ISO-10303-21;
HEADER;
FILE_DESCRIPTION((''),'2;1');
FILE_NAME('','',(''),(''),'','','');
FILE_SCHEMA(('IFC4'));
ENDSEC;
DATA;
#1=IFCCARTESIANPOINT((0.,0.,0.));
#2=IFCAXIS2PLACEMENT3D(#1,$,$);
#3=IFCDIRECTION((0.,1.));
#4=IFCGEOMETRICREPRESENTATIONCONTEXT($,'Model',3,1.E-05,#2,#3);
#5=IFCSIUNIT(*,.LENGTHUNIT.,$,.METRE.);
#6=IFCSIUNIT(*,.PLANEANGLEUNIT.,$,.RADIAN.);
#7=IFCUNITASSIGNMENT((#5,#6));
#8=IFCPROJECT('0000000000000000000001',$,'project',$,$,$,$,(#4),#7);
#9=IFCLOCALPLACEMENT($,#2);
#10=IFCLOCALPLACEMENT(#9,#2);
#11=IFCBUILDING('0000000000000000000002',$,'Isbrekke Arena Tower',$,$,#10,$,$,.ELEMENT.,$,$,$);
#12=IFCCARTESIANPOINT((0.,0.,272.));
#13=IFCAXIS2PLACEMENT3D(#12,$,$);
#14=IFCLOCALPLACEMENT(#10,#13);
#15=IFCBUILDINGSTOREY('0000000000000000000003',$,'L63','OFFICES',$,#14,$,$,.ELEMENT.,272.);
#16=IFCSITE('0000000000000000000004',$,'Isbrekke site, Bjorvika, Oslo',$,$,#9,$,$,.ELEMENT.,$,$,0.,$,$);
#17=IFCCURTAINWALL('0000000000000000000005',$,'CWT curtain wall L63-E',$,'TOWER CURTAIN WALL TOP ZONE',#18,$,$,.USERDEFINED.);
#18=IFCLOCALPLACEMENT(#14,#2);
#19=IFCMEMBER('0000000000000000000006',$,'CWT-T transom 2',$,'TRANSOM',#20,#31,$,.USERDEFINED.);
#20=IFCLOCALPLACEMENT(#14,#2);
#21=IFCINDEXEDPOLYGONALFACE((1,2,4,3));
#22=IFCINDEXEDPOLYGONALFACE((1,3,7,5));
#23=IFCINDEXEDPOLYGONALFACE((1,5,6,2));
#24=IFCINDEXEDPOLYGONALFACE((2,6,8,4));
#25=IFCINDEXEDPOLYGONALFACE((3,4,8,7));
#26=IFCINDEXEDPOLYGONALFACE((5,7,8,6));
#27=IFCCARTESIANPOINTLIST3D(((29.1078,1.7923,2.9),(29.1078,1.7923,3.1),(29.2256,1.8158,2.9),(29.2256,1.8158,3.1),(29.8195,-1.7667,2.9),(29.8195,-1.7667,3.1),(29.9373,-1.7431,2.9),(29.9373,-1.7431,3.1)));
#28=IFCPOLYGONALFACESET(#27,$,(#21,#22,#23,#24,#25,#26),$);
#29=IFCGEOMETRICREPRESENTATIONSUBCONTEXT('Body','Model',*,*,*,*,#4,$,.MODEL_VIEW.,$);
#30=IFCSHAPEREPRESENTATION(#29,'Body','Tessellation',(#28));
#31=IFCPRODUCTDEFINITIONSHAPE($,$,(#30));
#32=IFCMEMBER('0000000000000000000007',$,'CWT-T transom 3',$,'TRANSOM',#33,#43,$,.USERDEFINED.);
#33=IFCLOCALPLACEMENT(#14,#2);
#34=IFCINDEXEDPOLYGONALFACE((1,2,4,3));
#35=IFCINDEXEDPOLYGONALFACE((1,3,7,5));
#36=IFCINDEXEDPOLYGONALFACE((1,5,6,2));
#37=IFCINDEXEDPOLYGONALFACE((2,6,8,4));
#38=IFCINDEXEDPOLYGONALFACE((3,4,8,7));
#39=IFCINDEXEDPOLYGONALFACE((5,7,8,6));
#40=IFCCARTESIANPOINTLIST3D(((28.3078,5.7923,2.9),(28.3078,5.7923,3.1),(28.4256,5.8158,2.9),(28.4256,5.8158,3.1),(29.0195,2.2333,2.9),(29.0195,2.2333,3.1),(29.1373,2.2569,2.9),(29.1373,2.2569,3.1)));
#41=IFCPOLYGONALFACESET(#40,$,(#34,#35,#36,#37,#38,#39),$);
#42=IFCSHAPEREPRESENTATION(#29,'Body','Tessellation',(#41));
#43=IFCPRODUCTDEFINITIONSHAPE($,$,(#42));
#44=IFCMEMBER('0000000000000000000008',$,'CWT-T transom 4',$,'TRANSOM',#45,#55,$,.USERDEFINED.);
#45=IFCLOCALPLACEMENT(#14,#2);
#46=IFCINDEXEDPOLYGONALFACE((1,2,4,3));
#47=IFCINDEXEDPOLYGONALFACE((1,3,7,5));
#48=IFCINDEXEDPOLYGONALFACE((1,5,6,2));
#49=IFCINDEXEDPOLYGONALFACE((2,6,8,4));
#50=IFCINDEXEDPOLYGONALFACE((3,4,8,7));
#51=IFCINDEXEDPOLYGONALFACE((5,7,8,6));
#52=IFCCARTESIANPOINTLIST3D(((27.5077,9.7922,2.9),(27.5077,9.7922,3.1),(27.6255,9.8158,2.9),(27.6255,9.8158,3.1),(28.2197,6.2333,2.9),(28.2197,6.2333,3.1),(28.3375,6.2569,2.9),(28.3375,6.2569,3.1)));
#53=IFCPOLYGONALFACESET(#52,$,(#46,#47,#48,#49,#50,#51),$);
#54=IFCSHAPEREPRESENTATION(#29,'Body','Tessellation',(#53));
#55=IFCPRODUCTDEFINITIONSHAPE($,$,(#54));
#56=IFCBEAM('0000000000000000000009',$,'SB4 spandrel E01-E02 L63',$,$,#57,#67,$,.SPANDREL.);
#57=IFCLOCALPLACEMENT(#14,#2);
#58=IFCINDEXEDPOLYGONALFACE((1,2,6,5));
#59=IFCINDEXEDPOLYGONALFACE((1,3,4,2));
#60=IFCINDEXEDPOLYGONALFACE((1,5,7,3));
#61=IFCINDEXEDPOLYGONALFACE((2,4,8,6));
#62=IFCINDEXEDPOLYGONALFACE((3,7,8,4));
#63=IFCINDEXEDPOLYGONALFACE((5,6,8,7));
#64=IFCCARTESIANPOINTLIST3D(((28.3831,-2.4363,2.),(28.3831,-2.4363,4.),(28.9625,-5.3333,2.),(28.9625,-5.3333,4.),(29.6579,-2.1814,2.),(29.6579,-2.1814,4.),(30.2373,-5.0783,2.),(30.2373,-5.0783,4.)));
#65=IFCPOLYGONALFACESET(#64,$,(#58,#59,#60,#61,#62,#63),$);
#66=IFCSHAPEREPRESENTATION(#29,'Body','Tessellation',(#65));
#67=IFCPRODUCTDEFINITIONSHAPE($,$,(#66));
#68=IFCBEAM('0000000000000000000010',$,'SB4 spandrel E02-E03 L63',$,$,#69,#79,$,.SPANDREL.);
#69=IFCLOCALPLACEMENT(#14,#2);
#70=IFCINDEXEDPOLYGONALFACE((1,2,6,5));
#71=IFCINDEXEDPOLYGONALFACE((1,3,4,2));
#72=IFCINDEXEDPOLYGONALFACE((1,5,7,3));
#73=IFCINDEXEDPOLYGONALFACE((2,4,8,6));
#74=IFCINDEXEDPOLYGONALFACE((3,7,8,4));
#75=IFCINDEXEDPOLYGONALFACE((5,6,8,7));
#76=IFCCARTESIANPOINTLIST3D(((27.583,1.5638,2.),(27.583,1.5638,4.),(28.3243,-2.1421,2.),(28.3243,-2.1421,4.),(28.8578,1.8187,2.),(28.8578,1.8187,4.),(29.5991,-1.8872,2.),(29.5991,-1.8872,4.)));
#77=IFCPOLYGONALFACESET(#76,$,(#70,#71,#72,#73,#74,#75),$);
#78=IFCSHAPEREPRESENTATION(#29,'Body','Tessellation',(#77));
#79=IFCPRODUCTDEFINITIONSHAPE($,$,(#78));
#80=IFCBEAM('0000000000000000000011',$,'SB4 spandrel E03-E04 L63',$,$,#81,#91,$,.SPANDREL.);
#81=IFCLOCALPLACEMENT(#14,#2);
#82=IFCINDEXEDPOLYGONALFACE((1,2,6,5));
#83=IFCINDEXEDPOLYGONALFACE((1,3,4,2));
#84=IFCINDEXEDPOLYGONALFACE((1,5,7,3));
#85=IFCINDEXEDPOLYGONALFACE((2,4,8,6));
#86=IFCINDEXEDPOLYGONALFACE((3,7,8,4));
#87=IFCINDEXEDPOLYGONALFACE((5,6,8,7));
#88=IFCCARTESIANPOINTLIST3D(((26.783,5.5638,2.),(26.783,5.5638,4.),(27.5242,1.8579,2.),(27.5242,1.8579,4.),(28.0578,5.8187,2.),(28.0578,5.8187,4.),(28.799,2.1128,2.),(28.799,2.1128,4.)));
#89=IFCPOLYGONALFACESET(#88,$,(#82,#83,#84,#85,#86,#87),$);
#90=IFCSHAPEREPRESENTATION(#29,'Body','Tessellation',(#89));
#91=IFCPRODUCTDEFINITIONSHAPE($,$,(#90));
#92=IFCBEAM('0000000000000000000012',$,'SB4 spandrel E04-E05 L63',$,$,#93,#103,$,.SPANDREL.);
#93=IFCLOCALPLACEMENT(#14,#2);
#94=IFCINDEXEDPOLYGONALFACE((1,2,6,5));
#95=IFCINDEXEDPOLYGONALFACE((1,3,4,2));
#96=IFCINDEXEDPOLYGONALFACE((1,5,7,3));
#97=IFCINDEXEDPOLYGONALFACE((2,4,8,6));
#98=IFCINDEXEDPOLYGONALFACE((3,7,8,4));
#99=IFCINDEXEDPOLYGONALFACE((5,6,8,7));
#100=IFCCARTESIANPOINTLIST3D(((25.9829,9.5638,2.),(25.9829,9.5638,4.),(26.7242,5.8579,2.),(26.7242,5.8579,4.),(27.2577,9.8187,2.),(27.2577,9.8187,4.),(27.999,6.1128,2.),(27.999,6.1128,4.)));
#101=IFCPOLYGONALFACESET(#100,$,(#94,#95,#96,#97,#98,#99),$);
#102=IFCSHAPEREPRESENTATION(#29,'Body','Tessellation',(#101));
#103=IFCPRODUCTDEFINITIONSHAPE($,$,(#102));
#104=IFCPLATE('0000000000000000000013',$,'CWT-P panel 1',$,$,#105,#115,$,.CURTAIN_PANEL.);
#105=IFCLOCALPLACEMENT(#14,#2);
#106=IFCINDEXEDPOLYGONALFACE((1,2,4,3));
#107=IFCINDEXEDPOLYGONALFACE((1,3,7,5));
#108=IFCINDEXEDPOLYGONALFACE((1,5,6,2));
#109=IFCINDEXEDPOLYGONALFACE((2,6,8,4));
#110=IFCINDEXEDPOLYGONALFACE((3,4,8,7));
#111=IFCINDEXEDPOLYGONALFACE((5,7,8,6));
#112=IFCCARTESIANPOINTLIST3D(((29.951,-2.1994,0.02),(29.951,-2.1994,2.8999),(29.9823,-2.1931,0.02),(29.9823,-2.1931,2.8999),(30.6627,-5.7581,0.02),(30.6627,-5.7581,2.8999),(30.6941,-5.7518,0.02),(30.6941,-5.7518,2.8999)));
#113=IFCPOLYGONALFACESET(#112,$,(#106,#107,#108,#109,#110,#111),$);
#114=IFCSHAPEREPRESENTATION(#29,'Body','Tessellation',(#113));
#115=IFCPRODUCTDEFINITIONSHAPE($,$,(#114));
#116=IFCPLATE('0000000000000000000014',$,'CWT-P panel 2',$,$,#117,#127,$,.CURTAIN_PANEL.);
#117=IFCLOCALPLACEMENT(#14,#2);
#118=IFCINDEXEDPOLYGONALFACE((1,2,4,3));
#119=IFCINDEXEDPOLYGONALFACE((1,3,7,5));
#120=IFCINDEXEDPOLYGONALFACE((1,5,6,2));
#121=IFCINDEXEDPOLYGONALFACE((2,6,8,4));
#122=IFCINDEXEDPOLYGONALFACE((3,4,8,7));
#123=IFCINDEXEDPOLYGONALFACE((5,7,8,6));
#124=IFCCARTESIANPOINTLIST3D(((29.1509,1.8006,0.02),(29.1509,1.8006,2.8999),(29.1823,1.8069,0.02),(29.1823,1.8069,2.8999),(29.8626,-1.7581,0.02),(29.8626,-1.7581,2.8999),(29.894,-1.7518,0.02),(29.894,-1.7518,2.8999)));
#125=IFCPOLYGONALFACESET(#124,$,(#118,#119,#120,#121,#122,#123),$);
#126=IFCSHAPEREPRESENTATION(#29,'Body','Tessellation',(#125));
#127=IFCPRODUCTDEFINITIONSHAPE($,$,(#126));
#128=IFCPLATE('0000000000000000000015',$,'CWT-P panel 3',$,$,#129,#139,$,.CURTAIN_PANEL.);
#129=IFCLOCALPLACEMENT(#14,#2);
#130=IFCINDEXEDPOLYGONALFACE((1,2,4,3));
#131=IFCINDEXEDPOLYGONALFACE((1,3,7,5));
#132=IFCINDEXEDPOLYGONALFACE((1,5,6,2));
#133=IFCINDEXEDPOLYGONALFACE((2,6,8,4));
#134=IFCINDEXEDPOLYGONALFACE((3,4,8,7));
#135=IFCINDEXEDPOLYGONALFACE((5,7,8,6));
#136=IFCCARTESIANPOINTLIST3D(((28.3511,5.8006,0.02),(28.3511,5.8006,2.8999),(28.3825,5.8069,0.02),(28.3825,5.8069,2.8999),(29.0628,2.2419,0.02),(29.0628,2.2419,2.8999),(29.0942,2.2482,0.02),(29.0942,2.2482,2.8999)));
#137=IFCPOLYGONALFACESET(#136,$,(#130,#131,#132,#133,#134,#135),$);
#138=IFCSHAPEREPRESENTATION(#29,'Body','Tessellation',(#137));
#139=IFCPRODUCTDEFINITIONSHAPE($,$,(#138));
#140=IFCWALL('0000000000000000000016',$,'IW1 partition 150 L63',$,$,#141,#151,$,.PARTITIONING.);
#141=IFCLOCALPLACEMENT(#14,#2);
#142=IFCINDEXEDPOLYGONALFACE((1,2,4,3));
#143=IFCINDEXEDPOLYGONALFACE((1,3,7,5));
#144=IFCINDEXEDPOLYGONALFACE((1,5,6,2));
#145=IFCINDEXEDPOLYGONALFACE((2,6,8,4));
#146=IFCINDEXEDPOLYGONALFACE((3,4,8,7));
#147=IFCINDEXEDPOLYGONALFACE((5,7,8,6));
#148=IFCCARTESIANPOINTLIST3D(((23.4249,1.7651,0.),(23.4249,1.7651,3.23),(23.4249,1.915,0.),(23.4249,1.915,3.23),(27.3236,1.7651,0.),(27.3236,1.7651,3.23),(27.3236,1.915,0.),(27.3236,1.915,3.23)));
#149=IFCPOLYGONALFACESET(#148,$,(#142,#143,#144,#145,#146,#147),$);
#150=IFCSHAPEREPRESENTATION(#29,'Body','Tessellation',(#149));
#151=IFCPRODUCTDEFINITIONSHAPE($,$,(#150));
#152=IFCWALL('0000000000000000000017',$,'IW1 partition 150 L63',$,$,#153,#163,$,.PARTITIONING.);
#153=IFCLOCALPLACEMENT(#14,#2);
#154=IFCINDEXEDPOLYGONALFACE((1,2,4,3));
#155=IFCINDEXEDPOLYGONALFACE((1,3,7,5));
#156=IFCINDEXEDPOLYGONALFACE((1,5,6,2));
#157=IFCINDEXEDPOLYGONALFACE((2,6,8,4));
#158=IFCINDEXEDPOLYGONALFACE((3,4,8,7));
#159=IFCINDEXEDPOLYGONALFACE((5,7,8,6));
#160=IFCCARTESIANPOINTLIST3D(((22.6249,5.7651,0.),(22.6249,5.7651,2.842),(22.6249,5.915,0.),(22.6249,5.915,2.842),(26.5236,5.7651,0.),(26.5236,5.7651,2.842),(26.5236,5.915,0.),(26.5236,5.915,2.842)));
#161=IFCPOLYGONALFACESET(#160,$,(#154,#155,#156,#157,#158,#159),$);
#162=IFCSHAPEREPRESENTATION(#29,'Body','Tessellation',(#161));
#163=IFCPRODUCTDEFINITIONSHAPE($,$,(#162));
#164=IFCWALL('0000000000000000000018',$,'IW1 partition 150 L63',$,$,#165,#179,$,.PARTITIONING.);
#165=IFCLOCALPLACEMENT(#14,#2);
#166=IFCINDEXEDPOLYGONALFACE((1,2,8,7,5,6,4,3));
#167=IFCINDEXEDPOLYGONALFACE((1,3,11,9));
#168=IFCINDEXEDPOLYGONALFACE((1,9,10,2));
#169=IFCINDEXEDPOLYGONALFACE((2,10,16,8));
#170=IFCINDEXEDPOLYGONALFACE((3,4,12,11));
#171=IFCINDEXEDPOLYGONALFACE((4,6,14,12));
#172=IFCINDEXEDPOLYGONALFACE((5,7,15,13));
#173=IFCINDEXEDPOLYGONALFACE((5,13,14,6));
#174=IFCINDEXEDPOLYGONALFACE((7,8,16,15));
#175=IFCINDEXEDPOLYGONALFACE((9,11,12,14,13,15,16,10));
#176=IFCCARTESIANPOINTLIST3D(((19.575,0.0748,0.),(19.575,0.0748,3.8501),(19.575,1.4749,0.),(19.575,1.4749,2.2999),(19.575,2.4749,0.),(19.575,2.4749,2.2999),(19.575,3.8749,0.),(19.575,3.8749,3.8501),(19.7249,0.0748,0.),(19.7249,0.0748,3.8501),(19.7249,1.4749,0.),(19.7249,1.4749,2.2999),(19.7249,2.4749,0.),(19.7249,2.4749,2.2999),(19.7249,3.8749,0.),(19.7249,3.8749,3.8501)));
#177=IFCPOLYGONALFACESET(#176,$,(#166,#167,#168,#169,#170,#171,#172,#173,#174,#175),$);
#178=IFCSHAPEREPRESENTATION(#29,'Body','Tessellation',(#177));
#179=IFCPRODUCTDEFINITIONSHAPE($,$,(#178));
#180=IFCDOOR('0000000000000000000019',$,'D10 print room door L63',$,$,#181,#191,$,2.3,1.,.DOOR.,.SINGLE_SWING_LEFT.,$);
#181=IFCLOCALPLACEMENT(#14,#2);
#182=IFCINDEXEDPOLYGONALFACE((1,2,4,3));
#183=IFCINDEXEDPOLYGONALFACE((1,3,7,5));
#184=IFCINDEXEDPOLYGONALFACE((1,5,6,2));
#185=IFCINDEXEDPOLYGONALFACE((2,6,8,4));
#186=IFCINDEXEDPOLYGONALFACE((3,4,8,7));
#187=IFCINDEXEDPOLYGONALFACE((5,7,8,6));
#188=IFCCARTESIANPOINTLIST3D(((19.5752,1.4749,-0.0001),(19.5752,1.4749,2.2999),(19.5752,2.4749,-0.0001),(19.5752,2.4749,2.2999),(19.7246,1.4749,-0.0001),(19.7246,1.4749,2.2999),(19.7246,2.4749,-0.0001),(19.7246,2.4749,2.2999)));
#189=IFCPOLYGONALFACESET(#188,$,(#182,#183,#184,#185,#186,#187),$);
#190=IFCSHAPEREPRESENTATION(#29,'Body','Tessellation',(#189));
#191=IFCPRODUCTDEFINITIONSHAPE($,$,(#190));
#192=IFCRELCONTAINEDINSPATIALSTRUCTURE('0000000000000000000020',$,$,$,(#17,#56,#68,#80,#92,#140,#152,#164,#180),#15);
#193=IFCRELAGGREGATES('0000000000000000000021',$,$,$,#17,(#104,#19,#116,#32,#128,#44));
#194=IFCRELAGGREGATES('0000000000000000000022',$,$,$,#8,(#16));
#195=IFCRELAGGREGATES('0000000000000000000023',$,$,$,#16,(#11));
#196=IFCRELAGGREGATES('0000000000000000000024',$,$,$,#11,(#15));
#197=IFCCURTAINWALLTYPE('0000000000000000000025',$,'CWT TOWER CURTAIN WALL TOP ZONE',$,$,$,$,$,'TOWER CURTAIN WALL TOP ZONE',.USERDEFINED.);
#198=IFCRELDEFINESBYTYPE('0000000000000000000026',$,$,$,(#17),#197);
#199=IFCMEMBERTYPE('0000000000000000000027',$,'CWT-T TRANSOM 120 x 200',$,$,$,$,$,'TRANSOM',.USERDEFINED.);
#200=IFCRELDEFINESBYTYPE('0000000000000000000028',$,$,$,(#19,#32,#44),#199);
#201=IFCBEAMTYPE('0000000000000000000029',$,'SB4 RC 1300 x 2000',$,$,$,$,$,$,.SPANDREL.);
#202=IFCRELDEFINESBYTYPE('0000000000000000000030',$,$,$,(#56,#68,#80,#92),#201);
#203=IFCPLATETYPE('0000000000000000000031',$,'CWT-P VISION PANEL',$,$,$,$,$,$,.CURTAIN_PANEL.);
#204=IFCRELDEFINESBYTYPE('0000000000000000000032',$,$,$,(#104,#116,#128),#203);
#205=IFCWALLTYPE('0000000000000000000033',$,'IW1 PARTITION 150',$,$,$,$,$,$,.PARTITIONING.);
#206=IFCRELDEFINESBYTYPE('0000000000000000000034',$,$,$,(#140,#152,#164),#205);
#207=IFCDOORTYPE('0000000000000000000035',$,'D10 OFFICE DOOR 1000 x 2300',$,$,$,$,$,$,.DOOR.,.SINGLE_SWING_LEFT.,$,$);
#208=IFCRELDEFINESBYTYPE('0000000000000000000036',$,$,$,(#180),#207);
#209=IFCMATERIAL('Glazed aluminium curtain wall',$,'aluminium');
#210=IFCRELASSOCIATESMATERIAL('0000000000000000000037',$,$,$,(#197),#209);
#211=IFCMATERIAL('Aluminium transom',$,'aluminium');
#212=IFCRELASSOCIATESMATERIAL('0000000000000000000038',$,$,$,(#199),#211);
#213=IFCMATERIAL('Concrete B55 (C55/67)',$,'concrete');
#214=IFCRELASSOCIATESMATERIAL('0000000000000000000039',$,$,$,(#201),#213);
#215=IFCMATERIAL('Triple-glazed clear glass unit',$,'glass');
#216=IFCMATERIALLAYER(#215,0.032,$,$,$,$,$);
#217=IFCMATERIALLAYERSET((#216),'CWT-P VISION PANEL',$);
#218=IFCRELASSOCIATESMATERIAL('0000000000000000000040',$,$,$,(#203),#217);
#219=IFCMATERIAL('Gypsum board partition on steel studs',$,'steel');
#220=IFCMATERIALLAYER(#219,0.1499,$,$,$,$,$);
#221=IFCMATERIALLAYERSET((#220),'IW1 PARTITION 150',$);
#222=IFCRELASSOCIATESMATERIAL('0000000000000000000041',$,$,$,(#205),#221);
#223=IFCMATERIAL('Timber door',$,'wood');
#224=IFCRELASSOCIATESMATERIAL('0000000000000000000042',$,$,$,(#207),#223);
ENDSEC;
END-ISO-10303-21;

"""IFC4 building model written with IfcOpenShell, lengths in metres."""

from ifc_helpers import new_model, si_unit, direction, frame, frame_2d, origin, origin_2d, place, context, subcontext, project, spatial, rectangle, extrude, material, layer, layer_set, material_profile, profile_set, type_object, element, fill, aggregate, save


model = new_model("IFC4")

# Units and contexts
model_context = context("Model", 3, precision=1e-05, world=origin(), true_north=direction((0.0, 1.0)))
body_context = subcontext(model_context, "Body", "Model", "MODEL_VIEW")
ifc_project = project(units=[si_unit("LENGTHUNIT", "METRE"), si_unit("PLANEANGLEUNIT", "RADIAN")], contexts=[model_context])

# Site, building, storey
site_placement = place(None, origin())
site = spatial("IfcSite", under=ifc_project, at=site_placement, Name="Isbrekke site, Bjorvika, Oslo", CompositionType="ELEMENT", RefElevation=0.0)
building_placement = place(site_placement, origin())
building = spatial("IfcBuilding", under=site, at=building_placement, Name="Isbrekke Arena Tower", CompositionType="ELEMENT")
storey_placement = place(building_placement, frame((0.0, 0.0, 272.0)))
storey = spatial("IfcBuildingStorey", under=building, at=storey_placement, Name="L63", Description="OFFICES", CompositionType="ELEMENT", Elevation=272.0)

# Curtain wall, members
ifc_material_1 = material(Name="Glazed aluminium curtain wall", Category="aluminium")
curtain_wall_type = type_object("IfcCurtainWallType", Name="CWT TOWER CURTAIN WALL TOP ZONE", ElementType="TOWER CURTAIN WALL TOP ZONE", PredefinedType="USERDEFINED", material=ifc_material_1)
curtain_wall_placement = place(storey_placement, origin())
curtain_wall = element("IfcCurtainWall", 1, at=curtain_wall_placement, inside=storey, type_object=curtain_wall_type, Name="CWT curtain wall L63-E", ObjectType="TOWER CURTAIN WALL TOP ZONE", PredefinedType="USERDEFINED")
ifc_material_2 = material(Name="Aluminium transom", Category="aluminium")
ifc_material_profile_1 = material_profile(ifc_material_2, rectangle(XDim=0.1201, YDim=0.2, at=origin_2d()), Name="TRANSOM 120X200")
ifc_profile_set_1 = profile_set([ifc_material_profile_1], Name="Aluminium transom")
member_type_1 = type_object("IfcMemberType", Name="CWT-T TRANSOM 120 x 200", ElementType="TRANSOM", PredefinedType="USERDEFINED", material=ifc_profile_set_1)
member_1_placement = place(storey_placement, frame((29.8784, -1.7549, 3.0), z_axis=(-0.19609, 0.980586, 0.0), x_axis=(-0.980586, -0.19609, 0.0)))
member_1 = element("IfcMember", 2, at=member_1_placement, type_object=member_type_1, Name="CWT-T transom 2", ObjectType="TRANSOM", PredefinedType="USERDEFINED", context=body_context, shape_type="SweptSolid", body=[
    extrude(rectangle(XDim=0.1201, YDim=0.2, at=origin_2d()), origin(), (0.0, 0.0, 1.0), 3.6294),
])
member_2_placement = place(storey_placement, frame((29.0784, 2.2451, 3.0), z_axis=(-0.19609, 0.980586, 0.0), x_axis=(-0.980586, -0.19609, 0.0)))
member_2 = element("IfcMember", 3, at=member_2_placement, type_object=member_type_1, Name="CWT-T transom 3", ObjectType="TRANSOM", PredefinedType="USERDEFINED", context=body_context, shape_type="SweptSolid", body=[
    extrude(rectangle(XDim=0.1201, YDim=0.2, at=origin_2d()), origin(), (0.0, 0.0, 1.0), 3.6294),
])
member_3_placement = place(storey_placement, frame((28.2786, 6.2451, 3.0), z_axis=(-0.196155, 0.980573, 0.0), x_axis=(-0.980573, -0.196155, 0.0)))
member_3 = element("IfcMember", 4, at=member_3_placement, type_object=member_type_1, Name="CWT-T transom 4", ObjectType="TRANSOM", PredefinedType="USERDEFINED", context=body_context, shape_type="SweptSolid", body=[
    extrude(rectangle(XDim=0.1201, YDim=0.2, at=origin_2d()), origin(), (0.0, 0.0, 1.0), 3.6294),
])

# Beams
ifc_material_3 = material(Name="Concrete B55 (C55/67)", Category="concrete")
ifc_material_profile_2 = material_profile(ifc_material_3, rectangle(XDim=1.3, YDim=2.0, at=origin_2d()), Name="RC 1300x2000")
ifc_profile_set_2 = profile_set([ifc_material_profile_2], Name="Concrete B55 (C55/67)")
beam_type_1 = type_object("IfcBeamType", Name="SB4 RC 1300 x 2000", PredefinedType="SPANDREL", material=ifc_profile_set_2)
beam_1_placement = place(storey_placement, frame((29.5999, -5.2058, 3.0), z_axis=(-0.1961, 0.980584, 0.0), x_axis=(-0.980584, -0.1961, 0.0)))
element("IfcBeam", 5, at=beam_1_placement, inside=storey, type_object=beam_type_1, Name="SB4 spandrel E01-E02 L63", PredefinedType="SPANDREL", context=body_context, shape_type="SweptSolid", body=[
    extrude(rectangle(XDim=1.3, YDim=2.0, at=origin_2d()), origin(), (0.0, 0.0, 1.0), 2.9543),
])
for number, where, z_axis, x_axis, name in (
    (6, (28.9617, -2.0146, 3.0), (-0.196129, 0.980578, 0.0), (-0.980578, -0.196129, 0.0), "SB4 spandrel E02-E03 L63"),
    (7, (28.1616, 1.9854, 3.0), (-0.196129, 0.980578, 0.0), (-0.980578, -0.196129, 0.0), "SB4 spandrel E03-E04 L63"),
    (8, (27.3616, 5.9854, 3.0), (-0.196129, 0.980578, 0.0), (-0.980578, -0.196129, 0.0), "SB4 spandrel E04-E05 L63"),
):
    element("IfcBeam", number, at=place(storey_placement, frame(where, z_axis=z_axis, x_axis=x_axis)), inside=storey, type_object=beam_type_1, Name=name, PredefinedType="SPANDREL", context=body_context, shape_type="SweptSolid", body=[
        extrude(rectangle(XDim=1.3, YDim=2.0, at=origin_2d()), origin(), (0.0, 0.0, 1.0), 3.7793),
    ])

# Plates
ifc_material_4 = material(Name="Triple-glazed clear glass unit", Category="glass")
ifc_layer_1 = layer(ifc_material_4, 0.032)
ifc_layer_set_1 = layer_set([ifc_layer_1], Name="CWT-P VISION PANEL")
plate_type = type_object("IfcPlateType", Name="CWT-P VISION PANEL", PredefinedType="CURTAIN_PANEL", material=ifc_layer_set_1)
plate_1_placement = place(storey_placement, frame((30.3225, -3.9756, 0.02), z_axis=(0.0, 0.0, 1.0), x_axis=(-0.196116, 0.980581, 0.0)))
plate_1 = element("IfcPlate", 9, at=plate_1_placement, type_object=plate_type, Name="CWT-P panel 1", PredefinedType="CURTAIN_PANEL", context=body_context, shape_type="SweptSolid", body=[
    extrude(rectangle(XDim=3.6292, YDim=0.032, at=origin_2d()), origin(), (0.0, 0.0, 1.0), 2.8799),
])
plate_2_placement = place(storey_placement, frame((29.5225, 0.0244, 0.02), z_axis=(0.0, 0.0, 1.0), x_axis=(-0.196116, 0.980581, 0.0)))
plate_2 = element("IfcPlate", 10, at=plate_2_placement, type_object=plate_type, Name="CWT-P panel 2", PredefinedType="CURTAIN_PANEL", context=body_context, shape_type="SweptSolid", body=[
    extrude(rectangle(XDim=3.6292, YDim=0.032, at=origin_2d()), origin(), (0.0, 0.0, 1.0), 2.8799),
])
plate_3_placement = place(storey_placement, frame((28.7227, 4.0244, 0.02), z_axis=(0.0, 0.0, 1.0), x_axis=(-0.196116, 0.980581, 0.0)))
plate_3 = element("IfcPlate", 11, at=plate_3_placement, type_object=plate_type, Name="CWT-P panel 3", PredefinedType="CURTAIN_PANEL", context=body_context, shape_type="SweptSolid", body=[
    extrude(rectangle(XDim=3.6292, YDim=0.032, at=origin_2d()), origin(), (0.0, 0.0, 1.0), 2.8799),
])
aggregate(curtain_wall, [plate_1, member_1, plate_2, member_2, plate_3, member_3])

# Walls
ifc_material_5 = material(Name="Gypsum board partition on steel studs", Category="steel")
ifc_layer_2 = layer(ifc_material_5, 0.1499)
ifc_layer_set_2 = layer_set([ifc_layer_2], Name="IW1 PARTITION 150")
wall_type = type_object("IfcWallType", Name="IW1 PARTITION 150", PredefinedType="PARTITIONING", material=ifc_layer_set_2)
wall_1_placement = place(storey_placement, frame((23.425, 1.8401, 0.0), z_axis=(0.0, 0.0, 1.0), x_axis=(1.0, 0.0, 0.0)))
element("IfcWall", 12, at=wall_1_placement, inside=storey, type_object=wall_type, Name="IW1 partition 150 L63", PredefinedType="PARTITIONING", context=body_context, shape_type="SweptSolid", body=[
    extrude(rectangle(XDim=3.8987, YDim=0.1499, at=frame_2d((1.9492, 0.0))), origin(), (0.0, 0.0, 1.0), 3.23),
])
wall_2_placement = place(storey_placement, frame((22.625, 5.8401, 0.0), z_axis=(0.0, 0.0, 1.0), x_axis=(1.0, 0.0, 0.0)))
element("IfcWall", 13, at=wall_2_placement, inside=storey, type_object=wall_type, Name="IW1 partition 150 L63", PredefinedType="PARTITIONING", context=body_context, shape_type="SweptSolid", body=[
    extrude(rectangle(XDim=3.8987, YDim=0.1499, at=frame_2d((1.9492, 0.0))), origin(), (0.0, 0.0, 1.0), 2.842),
])

# Wall, opening, door
wall_3_placement = place(storey_placement, frame((19.6499, 0.075, 0.0), z_axis=(0.0, 0.0, 1.0), x_axis=(0.0, 1.0, 0.0)))
wall_3 = element("IfcWall", 14, at=wall_3_placement, inside=storey, type_object=wall_type, Name="IW1 partition 150 L63", PredefinedType="PARTITIONING", context=body_context, shape_type="SweptSolid", body=[
    extrude(rectangle(XDim=3.8, YDim=0.1499, at=frame_2d((1.8999, 0.0))), origin(), (0.0, 0.0, 1.0), 3.8501),
])
opening_1_placement = place(wall_3_placement, frame((1.3999, 0.0, 0.0)))
opening_1 = element("IfcOpeningElement", 15, at=opening_1_placement, cuts=wall_3, PredefinedType="OPENING", context=body_context, shape_type="SweptSolid", body=[
    extrude(rectangle(XDim=1.0, YDim=2.3, at=frame_2d((0.5, 1.1499))), frame((0.0, 0.0898, 0.0), z_axis=(0.0, -1.0, 0.0), x_axis=(1.0, 0.0, 0.0)), (0.0, 0.0, 1.0), 0.1797),
])
ifc_material_6 = material(Name="Timber door", Category="wood")
door_type = type_object("IfcDoorType", Name="D10 OFFICE DOOR 1000 x 2300", OperationType="SINGLE_SWING_LEFT", PredefinedType="DOOR", material=ifc_material_6)
door_1_placement = place(opening_1_placement, origin())
door_1 = element("IfcDoor", 16, at=door_1_placement, inside=storey, type_object=door_type, Name="D10 print room door L63", OperationType="SINGLE_SWING_LEFT", OverallHeight=2.3, OverallWidth=1.0, PredefinedType="DOOR", context=body_context, shape_type="SweptSolid", body=[
    extrude(rectangle(XDim=1.0, YDim=2.3, at=frame_2d((0.5, 1.1499))), frame((0.0, 0.0747, 0.0), z_axis=(0.0, -1.0, 0.0), x_axis=(1.0, 0.0, 0.0)), (0.0, 0.0, 1.0), 0.1494),
])
fill(opening_1, door_1)

save(model, "model.ifc")
